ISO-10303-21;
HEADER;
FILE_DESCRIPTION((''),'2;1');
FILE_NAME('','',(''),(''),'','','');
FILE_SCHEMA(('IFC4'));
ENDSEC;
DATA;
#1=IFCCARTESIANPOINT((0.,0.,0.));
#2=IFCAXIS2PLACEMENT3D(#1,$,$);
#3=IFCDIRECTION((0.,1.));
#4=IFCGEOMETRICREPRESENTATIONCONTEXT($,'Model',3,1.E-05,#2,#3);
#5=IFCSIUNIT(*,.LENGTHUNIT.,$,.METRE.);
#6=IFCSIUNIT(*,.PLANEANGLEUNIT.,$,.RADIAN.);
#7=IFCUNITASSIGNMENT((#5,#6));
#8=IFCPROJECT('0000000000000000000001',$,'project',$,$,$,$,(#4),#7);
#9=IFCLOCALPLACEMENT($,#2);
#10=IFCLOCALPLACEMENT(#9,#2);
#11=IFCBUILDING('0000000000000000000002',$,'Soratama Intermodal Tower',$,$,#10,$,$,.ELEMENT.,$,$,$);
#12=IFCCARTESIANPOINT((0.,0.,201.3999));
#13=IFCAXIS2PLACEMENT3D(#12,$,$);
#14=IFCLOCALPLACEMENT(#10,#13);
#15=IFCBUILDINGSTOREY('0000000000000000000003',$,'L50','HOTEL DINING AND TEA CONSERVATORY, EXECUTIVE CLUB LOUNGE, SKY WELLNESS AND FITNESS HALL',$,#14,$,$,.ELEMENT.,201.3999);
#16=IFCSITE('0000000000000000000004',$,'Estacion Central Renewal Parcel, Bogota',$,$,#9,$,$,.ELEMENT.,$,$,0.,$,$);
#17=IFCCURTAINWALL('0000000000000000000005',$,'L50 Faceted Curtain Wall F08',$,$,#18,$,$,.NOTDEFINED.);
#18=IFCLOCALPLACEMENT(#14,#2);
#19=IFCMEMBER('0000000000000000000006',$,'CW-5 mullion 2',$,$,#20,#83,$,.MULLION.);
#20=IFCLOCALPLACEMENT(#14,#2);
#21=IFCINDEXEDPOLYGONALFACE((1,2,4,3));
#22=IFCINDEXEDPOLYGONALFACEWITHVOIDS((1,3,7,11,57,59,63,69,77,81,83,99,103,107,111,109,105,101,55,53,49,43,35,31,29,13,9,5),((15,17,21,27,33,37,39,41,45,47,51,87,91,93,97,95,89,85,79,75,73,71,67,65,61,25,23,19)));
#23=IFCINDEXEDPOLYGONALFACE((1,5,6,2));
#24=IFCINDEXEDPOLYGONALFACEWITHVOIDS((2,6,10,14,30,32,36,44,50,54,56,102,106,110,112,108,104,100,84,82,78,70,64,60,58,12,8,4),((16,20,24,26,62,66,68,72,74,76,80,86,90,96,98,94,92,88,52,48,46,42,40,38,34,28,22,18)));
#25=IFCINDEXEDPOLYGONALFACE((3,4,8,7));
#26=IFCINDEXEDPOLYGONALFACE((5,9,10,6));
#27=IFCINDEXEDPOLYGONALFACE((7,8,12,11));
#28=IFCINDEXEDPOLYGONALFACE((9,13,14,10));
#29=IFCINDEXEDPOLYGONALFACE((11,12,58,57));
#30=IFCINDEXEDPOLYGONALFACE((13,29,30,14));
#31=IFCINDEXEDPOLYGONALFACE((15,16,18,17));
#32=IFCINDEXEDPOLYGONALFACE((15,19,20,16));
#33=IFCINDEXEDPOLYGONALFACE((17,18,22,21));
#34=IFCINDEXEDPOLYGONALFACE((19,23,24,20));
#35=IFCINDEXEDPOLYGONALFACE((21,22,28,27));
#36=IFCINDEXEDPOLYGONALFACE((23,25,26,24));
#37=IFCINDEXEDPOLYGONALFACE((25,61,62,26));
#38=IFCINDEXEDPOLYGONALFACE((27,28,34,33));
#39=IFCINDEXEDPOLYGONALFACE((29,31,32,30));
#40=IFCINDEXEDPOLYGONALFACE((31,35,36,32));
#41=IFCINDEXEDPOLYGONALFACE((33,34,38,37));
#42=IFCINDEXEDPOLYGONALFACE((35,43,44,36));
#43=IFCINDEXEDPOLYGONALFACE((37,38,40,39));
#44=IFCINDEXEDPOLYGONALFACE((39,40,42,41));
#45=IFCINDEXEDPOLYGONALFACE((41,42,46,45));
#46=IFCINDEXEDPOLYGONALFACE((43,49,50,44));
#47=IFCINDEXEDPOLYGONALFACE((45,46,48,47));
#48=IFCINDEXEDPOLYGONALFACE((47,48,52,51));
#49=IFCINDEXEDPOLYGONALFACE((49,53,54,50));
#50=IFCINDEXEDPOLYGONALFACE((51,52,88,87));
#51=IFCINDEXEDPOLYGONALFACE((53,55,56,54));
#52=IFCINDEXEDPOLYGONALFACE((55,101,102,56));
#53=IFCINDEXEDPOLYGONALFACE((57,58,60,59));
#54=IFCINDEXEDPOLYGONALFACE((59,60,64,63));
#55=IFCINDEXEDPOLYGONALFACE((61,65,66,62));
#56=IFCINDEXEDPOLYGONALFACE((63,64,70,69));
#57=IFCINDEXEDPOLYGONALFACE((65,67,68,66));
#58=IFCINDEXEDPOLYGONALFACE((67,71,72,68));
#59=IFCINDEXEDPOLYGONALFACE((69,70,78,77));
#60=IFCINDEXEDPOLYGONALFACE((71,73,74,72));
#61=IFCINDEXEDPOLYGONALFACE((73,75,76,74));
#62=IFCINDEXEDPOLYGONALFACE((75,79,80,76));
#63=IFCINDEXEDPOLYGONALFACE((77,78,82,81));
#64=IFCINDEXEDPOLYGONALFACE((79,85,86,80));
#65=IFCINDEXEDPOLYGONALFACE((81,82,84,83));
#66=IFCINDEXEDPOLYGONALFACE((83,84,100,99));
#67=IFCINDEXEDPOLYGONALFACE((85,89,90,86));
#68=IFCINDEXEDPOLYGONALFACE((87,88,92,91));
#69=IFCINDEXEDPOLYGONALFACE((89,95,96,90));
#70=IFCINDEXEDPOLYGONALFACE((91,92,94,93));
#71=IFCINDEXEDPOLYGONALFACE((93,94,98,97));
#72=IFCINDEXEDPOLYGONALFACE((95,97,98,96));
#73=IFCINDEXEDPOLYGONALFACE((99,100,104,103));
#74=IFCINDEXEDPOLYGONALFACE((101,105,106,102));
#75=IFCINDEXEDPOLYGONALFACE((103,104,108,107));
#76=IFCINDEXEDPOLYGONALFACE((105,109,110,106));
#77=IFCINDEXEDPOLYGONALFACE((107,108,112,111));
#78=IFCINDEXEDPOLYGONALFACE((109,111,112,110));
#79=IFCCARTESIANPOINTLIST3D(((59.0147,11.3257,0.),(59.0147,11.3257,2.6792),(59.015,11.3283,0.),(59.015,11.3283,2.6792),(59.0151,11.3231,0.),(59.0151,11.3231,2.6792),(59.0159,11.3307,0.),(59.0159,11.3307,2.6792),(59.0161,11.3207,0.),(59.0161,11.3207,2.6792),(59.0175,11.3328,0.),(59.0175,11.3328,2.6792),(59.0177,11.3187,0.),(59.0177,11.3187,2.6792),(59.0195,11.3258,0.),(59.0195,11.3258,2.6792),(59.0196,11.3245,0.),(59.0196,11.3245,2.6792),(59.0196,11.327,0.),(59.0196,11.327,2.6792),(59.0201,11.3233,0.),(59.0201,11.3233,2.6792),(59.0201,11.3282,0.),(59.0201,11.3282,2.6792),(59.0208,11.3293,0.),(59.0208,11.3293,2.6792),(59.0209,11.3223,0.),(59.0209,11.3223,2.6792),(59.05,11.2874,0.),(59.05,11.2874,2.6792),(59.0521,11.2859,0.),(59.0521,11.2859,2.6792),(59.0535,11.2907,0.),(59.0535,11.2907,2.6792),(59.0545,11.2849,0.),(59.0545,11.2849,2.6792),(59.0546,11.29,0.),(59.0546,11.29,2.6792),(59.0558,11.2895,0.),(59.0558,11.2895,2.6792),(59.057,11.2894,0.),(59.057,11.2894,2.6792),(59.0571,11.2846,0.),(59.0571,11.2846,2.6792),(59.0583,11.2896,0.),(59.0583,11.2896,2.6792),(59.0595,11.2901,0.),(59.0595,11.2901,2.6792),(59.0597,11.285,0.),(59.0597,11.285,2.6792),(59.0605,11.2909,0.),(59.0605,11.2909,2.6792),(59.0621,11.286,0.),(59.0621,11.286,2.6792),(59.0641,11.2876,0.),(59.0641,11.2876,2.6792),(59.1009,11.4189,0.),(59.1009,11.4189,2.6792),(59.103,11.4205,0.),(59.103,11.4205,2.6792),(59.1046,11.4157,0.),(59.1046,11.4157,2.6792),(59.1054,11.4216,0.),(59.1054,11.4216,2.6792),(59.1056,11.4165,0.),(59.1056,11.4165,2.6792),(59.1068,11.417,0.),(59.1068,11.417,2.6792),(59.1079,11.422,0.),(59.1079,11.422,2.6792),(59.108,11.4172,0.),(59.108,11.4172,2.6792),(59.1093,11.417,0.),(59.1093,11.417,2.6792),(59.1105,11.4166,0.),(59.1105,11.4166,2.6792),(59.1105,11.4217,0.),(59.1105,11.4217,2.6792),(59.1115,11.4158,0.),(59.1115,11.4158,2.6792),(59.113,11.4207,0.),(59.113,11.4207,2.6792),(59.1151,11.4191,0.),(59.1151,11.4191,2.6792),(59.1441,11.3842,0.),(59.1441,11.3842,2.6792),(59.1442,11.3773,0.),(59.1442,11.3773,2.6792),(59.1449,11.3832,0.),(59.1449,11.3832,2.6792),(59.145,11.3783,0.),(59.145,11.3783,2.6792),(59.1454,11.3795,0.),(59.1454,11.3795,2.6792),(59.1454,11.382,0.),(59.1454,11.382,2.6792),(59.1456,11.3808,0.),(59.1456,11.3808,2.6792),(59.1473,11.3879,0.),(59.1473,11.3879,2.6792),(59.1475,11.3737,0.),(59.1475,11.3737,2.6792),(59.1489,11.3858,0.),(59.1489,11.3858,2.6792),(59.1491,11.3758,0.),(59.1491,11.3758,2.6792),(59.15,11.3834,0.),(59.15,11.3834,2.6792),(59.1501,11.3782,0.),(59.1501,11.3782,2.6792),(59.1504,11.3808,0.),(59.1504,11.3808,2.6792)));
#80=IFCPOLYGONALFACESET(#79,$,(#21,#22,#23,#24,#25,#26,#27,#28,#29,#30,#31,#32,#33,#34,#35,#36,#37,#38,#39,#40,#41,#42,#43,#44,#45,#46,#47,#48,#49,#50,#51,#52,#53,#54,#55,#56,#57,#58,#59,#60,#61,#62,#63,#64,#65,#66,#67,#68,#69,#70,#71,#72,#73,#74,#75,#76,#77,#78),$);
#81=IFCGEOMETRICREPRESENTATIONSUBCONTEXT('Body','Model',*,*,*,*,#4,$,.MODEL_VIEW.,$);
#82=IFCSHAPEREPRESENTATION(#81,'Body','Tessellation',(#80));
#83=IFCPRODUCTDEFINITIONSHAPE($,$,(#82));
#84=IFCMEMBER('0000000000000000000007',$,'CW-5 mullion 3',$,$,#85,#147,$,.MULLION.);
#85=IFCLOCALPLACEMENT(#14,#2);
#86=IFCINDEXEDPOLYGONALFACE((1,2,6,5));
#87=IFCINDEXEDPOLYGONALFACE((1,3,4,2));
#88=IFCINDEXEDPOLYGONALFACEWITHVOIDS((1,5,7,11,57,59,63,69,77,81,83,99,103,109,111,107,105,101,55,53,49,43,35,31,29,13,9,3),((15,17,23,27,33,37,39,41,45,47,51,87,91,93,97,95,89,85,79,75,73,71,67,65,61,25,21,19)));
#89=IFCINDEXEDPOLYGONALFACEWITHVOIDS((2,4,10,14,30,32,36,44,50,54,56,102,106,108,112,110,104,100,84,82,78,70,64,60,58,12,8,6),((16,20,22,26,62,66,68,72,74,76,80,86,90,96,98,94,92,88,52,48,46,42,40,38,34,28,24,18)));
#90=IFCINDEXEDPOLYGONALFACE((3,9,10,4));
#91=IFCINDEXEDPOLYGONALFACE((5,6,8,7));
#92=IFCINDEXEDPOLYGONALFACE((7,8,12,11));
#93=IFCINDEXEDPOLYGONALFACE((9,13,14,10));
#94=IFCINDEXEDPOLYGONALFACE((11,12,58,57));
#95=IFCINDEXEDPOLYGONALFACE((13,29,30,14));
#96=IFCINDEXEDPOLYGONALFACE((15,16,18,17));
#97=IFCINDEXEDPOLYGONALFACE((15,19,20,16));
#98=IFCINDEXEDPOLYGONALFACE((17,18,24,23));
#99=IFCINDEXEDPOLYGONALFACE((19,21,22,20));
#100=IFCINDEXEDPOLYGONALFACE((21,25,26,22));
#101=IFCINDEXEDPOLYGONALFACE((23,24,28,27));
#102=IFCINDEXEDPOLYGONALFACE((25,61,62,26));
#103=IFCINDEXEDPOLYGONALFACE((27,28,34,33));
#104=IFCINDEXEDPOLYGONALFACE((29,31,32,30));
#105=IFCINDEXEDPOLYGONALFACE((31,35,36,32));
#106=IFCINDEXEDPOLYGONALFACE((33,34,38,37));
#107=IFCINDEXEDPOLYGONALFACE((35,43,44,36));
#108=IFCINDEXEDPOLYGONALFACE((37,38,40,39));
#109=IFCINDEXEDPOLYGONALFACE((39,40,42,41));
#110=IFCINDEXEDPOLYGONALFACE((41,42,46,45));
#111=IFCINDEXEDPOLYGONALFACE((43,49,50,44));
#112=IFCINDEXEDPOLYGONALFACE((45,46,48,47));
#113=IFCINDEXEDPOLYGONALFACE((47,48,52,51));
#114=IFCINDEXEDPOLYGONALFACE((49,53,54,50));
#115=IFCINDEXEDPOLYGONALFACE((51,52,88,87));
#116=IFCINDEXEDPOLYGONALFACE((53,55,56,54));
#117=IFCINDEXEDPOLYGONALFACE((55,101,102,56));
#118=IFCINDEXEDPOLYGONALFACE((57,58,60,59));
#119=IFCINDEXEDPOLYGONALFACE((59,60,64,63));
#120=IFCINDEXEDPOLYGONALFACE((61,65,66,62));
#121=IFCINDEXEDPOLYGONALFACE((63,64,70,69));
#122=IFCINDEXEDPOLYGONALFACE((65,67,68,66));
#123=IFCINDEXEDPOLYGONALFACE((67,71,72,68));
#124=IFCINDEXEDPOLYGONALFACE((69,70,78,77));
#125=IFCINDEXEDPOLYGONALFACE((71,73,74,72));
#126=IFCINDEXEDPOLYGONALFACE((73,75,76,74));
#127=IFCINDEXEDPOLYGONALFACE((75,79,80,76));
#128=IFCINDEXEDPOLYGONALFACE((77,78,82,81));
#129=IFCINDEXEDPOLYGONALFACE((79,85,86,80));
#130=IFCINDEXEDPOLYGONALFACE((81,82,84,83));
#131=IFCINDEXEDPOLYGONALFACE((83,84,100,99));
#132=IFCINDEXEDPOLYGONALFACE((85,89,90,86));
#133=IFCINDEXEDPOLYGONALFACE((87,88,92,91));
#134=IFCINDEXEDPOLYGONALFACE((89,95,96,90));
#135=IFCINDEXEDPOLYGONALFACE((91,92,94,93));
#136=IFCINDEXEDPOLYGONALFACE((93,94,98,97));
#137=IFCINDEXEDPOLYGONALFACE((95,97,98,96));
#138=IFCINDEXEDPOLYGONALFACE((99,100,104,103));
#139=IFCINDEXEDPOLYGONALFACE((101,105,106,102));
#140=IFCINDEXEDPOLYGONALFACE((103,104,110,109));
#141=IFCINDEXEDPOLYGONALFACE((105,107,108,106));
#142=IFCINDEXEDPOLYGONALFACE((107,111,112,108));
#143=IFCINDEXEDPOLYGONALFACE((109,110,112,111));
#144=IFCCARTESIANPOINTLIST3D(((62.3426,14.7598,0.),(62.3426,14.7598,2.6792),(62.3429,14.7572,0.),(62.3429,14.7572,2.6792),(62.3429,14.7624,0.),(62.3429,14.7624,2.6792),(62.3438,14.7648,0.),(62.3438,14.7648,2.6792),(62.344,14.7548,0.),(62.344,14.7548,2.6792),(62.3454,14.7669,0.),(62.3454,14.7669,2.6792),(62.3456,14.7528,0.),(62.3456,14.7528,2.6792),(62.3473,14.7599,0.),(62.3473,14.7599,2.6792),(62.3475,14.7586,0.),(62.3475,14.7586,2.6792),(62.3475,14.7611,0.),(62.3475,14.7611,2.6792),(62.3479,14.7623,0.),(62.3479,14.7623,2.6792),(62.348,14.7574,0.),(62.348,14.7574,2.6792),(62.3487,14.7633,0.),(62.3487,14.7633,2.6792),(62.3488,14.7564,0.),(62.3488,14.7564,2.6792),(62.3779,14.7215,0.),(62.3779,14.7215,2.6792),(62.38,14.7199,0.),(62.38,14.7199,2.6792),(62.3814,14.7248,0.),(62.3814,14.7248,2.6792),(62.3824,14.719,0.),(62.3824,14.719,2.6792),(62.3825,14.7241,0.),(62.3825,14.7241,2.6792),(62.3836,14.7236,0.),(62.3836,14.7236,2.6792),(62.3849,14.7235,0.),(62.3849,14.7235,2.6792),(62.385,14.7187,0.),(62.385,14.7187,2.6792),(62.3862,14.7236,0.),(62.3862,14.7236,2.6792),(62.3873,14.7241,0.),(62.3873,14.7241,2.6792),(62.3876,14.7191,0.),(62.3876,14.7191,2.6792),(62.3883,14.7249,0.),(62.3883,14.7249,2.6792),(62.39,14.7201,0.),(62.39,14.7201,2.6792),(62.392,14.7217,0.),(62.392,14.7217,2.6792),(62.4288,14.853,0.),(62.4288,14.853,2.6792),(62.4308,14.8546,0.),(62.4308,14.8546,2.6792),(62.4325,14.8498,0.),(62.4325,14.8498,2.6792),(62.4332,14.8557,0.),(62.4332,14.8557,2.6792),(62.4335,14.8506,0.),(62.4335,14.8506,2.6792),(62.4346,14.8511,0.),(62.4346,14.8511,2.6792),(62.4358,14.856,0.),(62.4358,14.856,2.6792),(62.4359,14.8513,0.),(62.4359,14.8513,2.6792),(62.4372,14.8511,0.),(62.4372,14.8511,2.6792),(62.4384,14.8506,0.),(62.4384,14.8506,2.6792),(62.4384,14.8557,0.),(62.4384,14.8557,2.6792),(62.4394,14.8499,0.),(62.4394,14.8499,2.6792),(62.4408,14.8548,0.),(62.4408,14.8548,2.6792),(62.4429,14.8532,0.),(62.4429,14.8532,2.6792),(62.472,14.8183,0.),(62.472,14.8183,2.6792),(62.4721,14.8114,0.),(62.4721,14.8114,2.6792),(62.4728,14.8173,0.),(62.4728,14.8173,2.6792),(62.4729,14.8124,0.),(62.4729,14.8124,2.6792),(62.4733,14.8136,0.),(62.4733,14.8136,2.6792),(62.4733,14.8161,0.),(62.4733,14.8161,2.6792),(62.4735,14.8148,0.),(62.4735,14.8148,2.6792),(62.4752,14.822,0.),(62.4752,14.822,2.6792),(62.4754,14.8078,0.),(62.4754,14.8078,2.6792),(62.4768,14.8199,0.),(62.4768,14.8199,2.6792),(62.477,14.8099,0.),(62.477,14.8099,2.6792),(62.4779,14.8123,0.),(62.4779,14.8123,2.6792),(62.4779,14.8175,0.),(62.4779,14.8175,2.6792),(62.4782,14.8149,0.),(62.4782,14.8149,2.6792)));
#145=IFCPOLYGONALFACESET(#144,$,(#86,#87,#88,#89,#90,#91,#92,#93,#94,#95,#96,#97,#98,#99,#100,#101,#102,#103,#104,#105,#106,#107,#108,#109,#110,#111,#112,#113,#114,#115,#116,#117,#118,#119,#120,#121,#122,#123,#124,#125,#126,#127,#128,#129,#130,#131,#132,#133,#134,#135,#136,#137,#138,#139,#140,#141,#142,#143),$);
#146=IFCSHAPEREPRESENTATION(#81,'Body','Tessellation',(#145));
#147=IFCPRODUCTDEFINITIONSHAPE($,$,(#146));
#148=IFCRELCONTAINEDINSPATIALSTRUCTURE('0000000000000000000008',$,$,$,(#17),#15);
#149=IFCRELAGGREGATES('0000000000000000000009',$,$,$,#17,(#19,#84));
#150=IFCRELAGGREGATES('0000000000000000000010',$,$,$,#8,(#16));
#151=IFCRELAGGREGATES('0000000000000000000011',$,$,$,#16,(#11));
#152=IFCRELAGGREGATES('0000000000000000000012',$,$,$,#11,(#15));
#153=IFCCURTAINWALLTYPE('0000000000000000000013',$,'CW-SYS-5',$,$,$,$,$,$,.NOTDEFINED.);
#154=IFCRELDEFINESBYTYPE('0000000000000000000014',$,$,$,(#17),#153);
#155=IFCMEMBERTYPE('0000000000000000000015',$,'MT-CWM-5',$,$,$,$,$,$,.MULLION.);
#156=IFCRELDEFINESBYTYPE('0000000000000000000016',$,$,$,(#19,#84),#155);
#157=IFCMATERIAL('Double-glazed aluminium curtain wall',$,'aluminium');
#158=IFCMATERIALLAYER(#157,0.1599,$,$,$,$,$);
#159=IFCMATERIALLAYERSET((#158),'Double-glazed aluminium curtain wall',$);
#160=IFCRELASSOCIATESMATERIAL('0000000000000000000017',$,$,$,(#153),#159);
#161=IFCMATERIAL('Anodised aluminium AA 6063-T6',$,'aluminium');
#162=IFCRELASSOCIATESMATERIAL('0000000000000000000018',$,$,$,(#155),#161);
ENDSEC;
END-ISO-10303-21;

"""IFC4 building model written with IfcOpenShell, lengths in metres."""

from ifc_helpers import new_model, si_unit, direction, frame, origin, origin_2d, place, context, subcontext, project, spatial, hollow_rectangle, extrude, material, layer, layer_set, material_profile, profile_set, type_object, element, aggregate, save


model = new_model("IFC4")

# Units and contexts
model_context = context("Model", 3, precision=1e-05, world=origin(), true_north=direction((0.0, 1.0)))
body_context = subcontext(model_context, "Body", "Model", "MODEL_VIEW")
ifc_project = project(units=[si_unit("LENGTHUNIT", "METRE"), si_unit("PLANEANGLEUNIT", "RADIAN")], contexts=[model_context])

# Site, building, storey
site_placement = place(None, origin())
site = spatial("IfcSite", under=ifc_project, at=site_placement, Name="Estacion Central Renewal Parcel, Bogota", CompositionType="ELEMENT", RefElevation=0.0)
building_placement = place(site_placement, origin())
building = spatial("IfcBuilding", under=site, at=building_placement, Name="Soratama Intermodal Tower", CompositionType="ELEMENT")
storey_placement = place(building_placement, frame((0.0, 0.0, 201.3999)))
storey = spatial("IfcBuildingStorey", under=building, at=storey_placement, Name="L50", Description="HOTEL DINING AND TEA CONSERVATORY, EXECUTIVE CLUB LOUNGE, SKY WELLNESS AND FITNESS HALL", CompositionType="ELEMENT", Elevation=201.3999)

# Curtain wall, members
ifc_material_1 = material(Name="Double-glazed aluminium curtain wall", Category="aluminium")
ifc_layer_1 = layer(ifc_material_1, 0.1599)
ifc_layer_set_1 = layer_set([ifc_layer_1], Name="Double-glazed aluminium curtain wall")
curtain_wall_type = type_object("IfcCurtainWallType", Name="CW-SYS-5", PredefinedType="NOTDEFINED", material=ifc_layer_set_1)
curtain_wall_placement = place(storey_placement, origin())
curtain_wall = element("IfcCurtainWall", 1, at=curtain_wall_placement, inside=storey, type_object=curtain_wall_type, Name="L50 Faceted Curtain Wall F08", PredefinedType="NOTDEFINED")
ifc_material_2 = material(Name="Anodised aluminium AA 6063-T6", Category="aluminium")
ifc_material_profile_1 = material_profile(ifc_material_2, hollow_rectangle(XDim=0.0649, YDim=0.1399, WallThickness=0.0049, InnerFilletRadius=0.0049, OuterFilletRadius=0.01, at=origin_2d()), Name="CWM140X65X5")
ifc_profile_set_1 = profile_set([ifc_material_profile_1], Name="Anodised aluminium AA 6063-T6")
member_type_1 = type_object("IfcMemberType", Name="MT-CWM-5", PredefinedType="MULLION", material=ifc_profile_set_1)
member_1_placement = place(storey_placement, frame((59.0825, 11.3533, 0.0), z_axis=(0.0, 0.0, 1.0), x_axis=(-0.718127, 0.695912, 0.0)))
member_1 = element("IfcMember", 2, at=member_1_placement, type_object=member_type_1, Name="CW-5 mullion 2", PredefinedType="MULLION", context=body_context, shape_type="SweptSolid", body=[
    extrude(hollow_rectangle(XDim=0.0649, YDim=0.1399, WallThickness=0.0049, InnerFilletRadius=0.0049, OuterFilletRadius=0.01, at=origin_2d()), origin(), (0.0, 0.0, 1.0), 2.6792),
])
member_2_placement = place(storey_placement, frame((62.4104, 14.7874, 0.0), z_axis=(0.0, 0.0, 1.0), x_axis=(-0.718127, 0.695912, 0.0)))
member_2 = element("IfcMember", 3, at=member_2_placement, type_object=member_type_1, Name="CW-5 mullion 3", PredefinedType="MULLION", context=body_context, shape_type="SweptSolid", body=[
    extrude(hollow_rectangle(XDim=0.0649, YDim=0.1399, WallThickness=0.0049, InnerFilletRadius=0.0049, OuterFilletRadius=0.01, at=origin_2d()), origin(), (0.0, 0.0, 1.0), 2.6792),
])
aggregate(curtain_wall, [member_1, member_2])

save(model, "model.ifc")
